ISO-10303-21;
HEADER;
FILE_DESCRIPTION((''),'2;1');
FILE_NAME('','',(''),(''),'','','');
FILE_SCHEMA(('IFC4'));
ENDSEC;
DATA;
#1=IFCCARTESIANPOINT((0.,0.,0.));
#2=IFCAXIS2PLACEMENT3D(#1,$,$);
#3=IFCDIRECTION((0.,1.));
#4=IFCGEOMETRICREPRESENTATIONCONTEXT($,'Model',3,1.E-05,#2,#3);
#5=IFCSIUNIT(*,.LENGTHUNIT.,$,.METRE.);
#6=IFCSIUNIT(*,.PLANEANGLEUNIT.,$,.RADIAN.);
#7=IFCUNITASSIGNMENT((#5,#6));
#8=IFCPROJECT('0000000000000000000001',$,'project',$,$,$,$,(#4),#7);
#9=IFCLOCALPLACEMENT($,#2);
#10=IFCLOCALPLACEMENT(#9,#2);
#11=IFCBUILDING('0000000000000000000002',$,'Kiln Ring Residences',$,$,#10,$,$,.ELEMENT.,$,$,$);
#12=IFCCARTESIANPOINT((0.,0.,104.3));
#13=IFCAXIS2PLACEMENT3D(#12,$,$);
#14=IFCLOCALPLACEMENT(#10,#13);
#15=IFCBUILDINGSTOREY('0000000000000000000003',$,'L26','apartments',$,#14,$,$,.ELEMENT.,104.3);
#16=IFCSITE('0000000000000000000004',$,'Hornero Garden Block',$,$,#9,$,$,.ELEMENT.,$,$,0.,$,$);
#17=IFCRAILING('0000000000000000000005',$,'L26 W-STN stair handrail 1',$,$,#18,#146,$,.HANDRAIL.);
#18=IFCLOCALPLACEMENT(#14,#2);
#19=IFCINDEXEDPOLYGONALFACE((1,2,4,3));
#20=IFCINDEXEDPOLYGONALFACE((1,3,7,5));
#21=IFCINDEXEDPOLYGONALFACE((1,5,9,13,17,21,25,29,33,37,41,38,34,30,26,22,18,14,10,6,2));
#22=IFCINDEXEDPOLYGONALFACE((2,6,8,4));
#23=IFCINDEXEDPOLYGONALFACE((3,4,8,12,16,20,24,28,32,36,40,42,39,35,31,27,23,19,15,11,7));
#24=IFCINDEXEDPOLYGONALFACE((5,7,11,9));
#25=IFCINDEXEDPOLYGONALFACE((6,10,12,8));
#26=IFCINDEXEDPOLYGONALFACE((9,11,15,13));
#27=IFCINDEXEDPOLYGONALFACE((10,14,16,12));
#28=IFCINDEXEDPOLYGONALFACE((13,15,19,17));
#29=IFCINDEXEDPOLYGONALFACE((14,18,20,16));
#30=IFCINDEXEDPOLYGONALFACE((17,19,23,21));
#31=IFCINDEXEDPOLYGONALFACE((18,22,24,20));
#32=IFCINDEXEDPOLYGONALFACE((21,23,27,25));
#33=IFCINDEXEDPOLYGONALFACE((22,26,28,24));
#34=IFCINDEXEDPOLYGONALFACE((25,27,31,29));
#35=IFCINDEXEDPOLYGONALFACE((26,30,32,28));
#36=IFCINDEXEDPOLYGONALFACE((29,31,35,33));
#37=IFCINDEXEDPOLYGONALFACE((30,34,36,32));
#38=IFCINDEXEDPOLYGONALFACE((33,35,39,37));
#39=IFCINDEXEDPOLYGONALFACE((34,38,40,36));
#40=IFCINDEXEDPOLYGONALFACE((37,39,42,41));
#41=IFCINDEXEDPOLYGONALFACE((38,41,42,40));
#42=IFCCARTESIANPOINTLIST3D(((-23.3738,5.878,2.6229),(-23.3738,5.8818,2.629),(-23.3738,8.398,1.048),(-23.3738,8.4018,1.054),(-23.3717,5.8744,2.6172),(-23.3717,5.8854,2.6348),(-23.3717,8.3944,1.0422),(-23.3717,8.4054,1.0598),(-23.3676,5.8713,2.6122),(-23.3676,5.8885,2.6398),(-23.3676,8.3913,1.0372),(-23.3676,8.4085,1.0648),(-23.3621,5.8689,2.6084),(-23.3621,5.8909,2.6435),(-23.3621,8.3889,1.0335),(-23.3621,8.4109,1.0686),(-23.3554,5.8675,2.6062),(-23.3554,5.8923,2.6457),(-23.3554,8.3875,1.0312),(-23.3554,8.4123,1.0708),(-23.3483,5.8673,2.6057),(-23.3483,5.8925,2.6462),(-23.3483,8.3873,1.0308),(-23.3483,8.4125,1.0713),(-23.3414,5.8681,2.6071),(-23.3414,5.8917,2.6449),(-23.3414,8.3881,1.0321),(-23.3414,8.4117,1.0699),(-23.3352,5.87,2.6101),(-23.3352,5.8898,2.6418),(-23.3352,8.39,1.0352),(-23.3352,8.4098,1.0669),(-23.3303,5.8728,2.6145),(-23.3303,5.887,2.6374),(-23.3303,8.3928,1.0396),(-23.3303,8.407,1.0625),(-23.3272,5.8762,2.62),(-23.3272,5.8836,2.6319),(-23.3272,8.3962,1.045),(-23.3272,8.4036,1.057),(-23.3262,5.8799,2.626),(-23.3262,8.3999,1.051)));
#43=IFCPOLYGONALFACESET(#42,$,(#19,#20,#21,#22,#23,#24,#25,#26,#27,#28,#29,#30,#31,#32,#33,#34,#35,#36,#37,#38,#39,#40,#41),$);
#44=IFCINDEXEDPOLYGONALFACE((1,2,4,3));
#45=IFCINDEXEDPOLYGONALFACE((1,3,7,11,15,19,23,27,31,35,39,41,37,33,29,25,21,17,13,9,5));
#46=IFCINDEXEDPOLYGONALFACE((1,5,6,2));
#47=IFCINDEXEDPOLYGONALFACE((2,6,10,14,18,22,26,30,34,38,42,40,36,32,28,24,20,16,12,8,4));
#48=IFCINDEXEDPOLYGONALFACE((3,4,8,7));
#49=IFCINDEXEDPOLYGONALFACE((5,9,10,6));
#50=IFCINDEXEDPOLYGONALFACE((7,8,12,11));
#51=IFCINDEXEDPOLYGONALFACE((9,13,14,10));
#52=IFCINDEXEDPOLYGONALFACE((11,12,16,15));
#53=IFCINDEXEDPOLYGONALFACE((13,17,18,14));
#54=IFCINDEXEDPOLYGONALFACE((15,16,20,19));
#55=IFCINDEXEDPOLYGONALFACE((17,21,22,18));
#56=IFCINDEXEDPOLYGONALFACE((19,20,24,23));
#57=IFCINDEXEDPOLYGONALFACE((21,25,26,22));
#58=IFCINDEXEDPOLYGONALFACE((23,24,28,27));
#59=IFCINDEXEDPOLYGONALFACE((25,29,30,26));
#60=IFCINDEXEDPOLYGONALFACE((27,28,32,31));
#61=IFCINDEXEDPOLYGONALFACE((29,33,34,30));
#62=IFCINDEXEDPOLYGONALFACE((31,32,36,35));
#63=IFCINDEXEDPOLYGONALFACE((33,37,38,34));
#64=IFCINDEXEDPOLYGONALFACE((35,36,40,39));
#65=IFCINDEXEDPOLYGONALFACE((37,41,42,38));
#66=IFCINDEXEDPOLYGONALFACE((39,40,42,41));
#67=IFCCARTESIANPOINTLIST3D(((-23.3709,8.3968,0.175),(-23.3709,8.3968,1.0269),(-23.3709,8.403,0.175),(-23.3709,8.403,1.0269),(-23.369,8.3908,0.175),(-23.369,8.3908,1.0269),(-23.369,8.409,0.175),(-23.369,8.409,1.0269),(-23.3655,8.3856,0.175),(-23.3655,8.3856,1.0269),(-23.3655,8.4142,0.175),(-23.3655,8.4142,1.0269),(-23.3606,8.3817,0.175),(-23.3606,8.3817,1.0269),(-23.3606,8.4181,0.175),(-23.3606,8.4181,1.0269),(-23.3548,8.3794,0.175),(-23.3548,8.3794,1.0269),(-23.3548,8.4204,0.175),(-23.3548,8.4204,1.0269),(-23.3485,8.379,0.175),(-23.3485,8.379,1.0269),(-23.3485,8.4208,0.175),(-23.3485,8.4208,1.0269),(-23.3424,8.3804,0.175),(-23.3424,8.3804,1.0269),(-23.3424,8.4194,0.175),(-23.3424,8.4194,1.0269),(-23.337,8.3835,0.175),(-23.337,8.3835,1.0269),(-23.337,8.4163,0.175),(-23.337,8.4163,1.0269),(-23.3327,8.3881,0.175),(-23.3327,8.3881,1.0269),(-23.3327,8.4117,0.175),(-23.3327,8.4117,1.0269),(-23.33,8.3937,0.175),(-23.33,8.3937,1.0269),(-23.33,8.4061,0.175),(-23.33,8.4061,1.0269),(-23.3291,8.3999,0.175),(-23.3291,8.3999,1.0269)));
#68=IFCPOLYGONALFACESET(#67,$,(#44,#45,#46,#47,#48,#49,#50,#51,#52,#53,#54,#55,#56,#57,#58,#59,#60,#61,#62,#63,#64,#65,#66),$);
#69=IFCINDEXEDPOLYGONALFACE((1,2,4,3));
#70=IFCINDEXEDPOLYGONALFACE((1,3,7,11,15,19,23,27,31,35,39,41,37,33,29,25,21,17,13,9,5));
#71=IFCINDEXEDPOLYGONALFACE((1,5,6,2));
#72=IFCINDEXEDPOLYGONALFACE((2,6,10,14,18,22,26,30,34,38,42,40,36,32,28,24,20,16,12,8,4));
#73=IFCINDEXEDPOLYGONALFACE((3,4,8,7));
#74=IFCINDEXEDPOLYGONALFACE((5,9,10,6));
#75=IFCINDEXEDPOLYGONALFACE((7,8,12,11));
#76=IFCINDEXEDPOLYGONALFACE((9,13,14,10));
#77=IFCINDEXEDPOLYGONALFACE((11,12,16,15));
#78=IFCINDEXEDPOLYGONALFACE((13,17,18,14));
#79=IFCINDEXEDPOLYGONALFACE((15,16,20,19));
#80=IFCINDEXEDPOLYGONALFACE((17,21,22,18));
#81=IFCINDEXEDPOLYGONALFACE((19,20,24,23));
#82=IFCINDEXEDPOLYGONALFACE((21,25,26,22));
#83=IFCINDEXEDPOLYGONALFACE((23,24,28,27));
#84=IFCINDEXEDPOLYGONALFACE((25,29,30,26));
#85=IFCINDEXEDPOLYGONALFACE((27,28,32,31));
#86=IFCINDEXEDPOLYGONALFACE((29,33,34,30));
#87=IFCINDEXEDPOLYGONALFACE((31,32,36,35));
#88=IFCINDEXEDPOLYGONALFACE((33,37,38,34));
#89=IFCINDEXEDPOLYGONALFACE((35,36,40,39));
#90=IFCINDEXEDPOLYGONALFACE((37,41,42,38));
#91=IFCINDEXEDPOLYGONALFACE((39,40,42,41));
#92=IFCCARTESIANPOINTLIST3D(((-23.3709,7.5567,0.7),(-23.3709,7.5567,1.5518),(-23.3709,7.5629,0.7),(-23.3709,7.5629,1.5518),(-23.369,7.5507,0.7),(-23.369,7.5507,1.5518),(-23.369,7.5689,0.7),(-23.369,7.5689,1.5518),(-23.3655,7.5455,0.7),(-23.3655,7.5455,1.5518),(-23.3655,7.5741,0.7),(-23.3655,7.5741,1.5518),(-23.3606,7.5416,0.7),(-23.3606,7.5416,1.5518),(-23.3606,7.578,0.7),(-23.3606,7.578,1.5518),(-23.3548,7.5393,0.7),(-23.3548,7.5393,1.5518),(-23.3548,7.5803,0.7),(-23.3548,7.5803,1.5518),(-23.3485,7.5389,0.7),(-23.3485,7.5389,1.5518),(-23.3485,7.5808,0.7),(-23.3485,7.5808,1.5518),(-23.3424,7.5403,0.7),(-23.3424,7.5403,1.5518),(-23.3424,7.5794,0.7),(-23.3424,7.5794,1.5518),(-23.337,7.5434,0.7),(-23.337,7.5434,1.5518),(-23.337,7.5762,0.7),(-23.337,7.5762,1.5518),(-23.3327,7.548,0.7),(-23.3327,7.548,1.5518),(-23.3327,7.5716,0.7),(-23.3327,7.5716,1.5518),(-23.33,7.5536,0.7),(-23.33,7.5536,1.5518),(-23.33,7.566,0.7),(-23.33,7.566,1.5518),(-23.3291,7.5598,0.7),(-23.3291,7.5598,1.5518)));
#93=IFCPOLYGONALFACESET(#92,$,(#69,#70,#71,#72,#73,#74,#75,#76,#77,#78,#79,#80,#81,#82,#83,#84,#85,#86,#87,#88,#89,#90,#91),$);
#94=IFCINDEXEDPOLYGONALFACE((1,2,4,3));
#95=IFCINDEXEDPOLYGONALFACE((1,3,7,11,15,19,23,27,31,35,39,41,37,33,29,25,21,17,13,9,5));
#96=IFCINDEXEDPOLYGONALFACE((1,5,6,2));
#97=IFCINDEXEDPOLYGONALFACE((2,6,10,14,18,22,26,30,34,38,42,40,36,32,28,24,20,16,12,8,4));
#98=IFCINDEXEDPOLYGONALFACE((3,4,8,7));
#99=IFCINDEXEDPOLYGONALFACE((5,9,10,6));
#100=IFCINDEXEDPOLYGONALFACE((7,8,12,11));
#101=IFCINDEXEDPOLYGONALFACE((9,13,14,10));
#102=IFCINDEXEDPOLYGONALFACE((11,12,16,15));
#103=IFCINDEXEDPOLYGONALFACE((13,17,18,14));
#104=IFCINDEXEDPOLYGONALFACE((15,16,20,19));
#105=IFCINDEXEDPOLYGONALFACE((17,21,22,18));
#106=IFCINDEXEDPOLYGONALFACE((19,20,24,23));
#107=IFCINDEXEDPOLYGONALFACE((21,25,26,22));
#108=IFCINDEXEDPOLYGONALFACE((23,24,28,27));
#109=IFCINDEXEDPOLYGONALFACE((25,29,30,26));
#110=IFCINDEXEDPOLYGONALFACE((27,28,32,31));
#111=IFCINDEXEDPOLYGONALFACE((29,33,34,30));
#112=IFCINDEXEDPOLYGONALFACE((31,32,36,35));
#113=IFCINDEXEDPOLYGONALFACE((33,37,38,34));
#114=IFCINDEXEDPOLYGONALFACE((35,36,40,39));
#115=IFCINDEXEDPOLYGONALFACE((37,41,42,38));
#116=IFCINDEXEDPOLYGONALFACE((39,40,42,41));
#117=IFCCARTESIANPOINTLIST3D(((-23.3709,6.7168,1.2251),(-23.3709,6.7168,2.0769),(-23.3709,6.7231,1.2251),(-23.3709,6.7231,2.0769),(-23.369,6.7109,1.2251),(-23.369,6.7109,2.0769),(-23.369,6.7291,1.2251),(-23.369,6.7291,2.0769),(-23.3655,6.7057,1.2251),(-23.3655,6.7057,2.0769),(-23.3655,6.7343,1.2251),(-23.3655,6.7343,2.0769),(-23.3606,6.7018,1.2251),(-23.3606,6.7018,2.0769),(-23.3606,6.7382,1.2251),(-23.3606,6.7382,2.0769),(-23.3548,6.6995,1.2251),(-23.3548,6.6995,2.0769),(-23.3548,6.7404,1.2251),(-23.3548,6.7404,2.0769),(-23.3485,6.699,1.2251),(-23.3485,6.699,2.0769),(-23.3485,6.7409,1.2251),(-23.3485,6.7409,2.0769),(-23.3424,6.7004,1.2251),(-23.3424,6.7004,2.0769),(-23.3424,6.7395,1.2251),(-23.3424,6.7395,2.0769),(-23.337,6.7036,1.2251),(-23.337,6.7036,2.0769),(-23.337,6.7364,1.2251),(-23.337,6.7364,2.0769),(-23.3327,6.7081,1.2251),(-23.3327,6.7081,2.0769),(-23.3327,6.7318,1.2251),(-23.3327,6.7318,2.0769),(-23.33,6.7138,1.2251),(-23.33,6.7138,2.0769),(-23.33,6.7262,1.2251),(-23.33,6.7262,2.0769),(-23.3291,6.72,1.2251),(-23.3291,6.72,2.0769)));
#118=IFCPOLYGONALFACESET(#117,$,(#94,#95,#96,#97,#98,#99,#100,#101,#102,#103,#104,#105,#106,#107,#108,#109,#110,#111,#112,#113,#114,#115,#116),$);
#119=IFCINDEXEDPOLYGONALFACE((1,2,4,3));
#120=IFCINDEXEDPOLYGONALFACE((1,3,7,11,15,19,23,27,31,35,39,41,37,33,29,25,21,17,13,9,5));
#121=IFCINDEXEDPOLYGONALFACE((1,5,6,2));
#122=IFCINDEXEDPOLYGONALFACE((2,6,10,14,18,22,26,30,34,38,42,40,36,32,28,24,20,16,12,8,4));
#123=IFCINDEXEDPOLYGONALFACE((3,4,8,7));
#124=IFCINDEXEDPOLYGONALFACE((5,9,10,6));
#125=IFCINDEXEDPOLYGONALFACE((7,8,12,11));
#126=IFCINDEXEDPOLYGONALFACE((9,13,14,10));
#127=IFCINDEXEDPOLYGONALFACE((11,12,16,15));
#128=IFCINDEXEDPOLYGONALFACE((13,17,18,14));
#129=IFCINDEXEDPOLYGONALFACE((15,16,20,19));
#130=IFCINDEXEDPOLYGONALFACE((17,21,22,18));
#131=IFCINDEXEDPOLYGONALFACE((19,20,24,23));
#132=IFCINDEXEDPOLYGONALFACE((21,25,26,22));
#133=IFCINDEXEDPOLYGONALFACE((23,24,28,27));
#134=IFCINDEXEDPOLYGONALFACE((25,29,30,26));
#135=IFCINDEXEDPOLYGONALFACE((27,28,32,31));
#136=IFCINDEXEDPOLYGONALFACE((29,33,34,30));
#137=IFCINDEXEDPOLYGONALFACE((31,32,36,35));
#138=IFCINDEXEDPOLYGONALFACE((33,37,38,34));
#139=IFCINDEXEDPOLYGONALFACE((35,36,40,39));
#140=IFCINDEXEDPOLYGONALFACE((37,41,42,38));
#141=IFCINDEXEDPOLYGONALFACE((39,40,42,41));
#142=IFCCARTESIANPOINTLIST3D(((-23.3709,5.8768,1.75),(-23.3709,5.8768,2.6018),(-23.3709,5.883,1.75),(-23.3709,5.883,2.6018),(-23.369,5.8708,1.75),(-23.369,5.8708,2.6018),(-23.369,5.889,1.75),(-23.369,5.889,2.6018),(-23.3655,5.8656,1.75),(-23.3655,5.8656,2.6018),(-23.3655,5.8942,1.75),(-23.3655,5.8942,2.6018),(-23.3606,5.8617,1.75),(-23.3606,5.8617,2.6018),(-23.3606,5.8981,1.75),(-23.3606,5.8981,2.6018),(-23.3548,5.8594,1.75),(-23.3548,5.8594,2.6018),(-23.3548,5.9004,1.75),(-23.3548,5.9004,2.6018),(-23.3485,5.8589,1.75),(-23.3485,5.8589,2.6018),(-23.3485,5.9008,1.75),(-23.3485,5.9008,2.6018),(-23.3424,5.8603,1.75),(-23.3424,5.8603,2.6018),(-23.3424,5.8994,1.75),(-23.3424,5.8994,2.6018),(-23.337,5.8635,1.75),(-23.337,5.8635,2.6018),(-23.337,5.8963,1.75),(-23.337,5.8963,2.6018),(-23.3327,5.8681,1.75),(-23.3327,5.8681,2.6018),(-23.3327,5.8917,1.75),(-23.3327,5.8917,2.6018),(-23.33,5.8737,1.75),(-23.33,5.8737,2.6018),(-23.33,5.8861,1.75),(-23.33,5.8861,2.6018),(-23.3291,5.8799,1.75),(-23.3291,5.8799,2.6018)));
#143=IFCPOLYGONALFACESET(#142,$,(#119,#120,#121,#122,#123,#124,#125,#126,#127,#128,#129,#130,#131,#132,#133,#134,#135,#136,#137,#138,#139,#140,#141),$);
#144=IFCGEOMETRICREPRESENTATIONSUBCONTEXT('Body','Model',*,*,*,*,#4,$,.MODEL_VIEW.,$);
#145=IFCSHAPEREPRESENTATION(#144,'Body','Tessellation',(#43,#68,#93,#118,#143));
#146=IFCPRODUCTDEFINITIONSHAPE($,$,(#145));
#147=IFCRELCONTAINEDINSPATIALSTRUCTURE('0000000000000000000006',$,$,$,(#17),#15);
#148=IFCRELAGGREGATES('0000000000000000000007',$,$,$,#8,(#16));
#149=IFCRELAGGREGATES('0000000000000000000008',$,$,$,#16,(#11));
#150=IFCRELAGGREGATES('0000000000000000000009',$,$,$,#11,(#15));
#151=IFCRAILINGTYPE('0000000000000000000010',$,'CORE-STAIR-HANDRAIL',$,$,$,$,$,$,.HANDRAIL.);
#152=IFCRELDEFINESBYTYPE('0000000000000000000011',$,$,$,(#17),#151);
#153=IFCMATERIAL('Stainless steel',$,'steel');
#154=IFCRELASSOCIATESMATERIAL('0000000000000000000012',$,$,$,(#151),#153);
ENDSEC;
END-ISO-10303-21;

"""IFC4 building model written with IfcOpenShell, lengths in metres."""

from ifc_helpers import new_model, si_unit, direction, frame, origin, origin_2d, place, context, subcontext, project, spatial, circle, extrude, material, type_object, element, save


model = new_model("IFC4")

# Units and contexts
model_context = context("Model", 3, precision=1e-05, world=origin(), true_north=direction((0.0, 1.0)))
body_context = subcontext(model_context, "Body", "Model", "MODEL_VIEW")
ifc_project = project(units=[si_unit("LENGTHUNIT", "METRE"), si_unit("PLANEANGLEUNIT", "RADIAN")], contexts=[model_context])

# Site, building, storey
site_placement = place(None, origin())
site = spatial("IfcSite", under=ifc_project, at=site_placement, Name="Hornero Garden Block", CompositionType="ELEMENT", RefElevation=0.0)
building_placement = place(site_placement, origin())
building = spatial("IfcBuilding", under=site, at=building_placement, Name="Kiln Ring Residences", CompositionType="ELEMENT")
storey_placement = place(building_placement, frame((0.0, 0.0, 104.3)))
storey = spatial("IfcBuildingStorey", under=building, at=storey_placement, Name="L26", Description="apartments", CompositionType="ELEMENT", Elevation=104.3)

# Railing
ifc_material_1 = material(Name="Stainless steel", Category="steel")
railing_type_1 = type_object("IfcRailingType", Name="CORE-STAIR-HANDRAIL", PredefinedType="HANDRAIL", material=ifc_material_1)
railing_1_placement = place(storey_placement, frame((-23.3501, 8.3999, 0.175)))
element("IfcRailing", 1, at=railing_1_placement, inside=storey, type_object=railing_type_1, Name="L26 W-STN stair handrail 1", PredefinedType="HANDRAIL", context=body_context, shape_type="SweptSolid", body=[
    extrude(circle(Radius=0.0239, at=origin_2d()), frame((0.0, 0.0, 0.876), z_axis=(0.0, -0.848008, 0.529984), x_axis=(1.0, 0.0, 0.0)), (0.0, 0.0, 1.0), 2.9717),
    extrude(circle(Radius=0.021, at=origin_2d()), origin(), (0.0, 0.0, 1.0), 0.8518),
    extrude(circle(Radius=0.021, at=origin_2d()), frame((0.0, -0.8401, 0.5249)), (0.0, 0.0, 1.0), 0.8518),
    extrude(circle(Radius=0.021, at=origin_2d()), frame((0.0, -1.6799, 1.05)), (0.0, 0.0, 1.0), 0.8518),
    extrude(circle(Radius=0.021, at=origin_2d()), frame((0.0, -2.52, 1.575)), (0.0, 0.0, 1.0), 0.8518),
])

save(model, "model.ifc")
